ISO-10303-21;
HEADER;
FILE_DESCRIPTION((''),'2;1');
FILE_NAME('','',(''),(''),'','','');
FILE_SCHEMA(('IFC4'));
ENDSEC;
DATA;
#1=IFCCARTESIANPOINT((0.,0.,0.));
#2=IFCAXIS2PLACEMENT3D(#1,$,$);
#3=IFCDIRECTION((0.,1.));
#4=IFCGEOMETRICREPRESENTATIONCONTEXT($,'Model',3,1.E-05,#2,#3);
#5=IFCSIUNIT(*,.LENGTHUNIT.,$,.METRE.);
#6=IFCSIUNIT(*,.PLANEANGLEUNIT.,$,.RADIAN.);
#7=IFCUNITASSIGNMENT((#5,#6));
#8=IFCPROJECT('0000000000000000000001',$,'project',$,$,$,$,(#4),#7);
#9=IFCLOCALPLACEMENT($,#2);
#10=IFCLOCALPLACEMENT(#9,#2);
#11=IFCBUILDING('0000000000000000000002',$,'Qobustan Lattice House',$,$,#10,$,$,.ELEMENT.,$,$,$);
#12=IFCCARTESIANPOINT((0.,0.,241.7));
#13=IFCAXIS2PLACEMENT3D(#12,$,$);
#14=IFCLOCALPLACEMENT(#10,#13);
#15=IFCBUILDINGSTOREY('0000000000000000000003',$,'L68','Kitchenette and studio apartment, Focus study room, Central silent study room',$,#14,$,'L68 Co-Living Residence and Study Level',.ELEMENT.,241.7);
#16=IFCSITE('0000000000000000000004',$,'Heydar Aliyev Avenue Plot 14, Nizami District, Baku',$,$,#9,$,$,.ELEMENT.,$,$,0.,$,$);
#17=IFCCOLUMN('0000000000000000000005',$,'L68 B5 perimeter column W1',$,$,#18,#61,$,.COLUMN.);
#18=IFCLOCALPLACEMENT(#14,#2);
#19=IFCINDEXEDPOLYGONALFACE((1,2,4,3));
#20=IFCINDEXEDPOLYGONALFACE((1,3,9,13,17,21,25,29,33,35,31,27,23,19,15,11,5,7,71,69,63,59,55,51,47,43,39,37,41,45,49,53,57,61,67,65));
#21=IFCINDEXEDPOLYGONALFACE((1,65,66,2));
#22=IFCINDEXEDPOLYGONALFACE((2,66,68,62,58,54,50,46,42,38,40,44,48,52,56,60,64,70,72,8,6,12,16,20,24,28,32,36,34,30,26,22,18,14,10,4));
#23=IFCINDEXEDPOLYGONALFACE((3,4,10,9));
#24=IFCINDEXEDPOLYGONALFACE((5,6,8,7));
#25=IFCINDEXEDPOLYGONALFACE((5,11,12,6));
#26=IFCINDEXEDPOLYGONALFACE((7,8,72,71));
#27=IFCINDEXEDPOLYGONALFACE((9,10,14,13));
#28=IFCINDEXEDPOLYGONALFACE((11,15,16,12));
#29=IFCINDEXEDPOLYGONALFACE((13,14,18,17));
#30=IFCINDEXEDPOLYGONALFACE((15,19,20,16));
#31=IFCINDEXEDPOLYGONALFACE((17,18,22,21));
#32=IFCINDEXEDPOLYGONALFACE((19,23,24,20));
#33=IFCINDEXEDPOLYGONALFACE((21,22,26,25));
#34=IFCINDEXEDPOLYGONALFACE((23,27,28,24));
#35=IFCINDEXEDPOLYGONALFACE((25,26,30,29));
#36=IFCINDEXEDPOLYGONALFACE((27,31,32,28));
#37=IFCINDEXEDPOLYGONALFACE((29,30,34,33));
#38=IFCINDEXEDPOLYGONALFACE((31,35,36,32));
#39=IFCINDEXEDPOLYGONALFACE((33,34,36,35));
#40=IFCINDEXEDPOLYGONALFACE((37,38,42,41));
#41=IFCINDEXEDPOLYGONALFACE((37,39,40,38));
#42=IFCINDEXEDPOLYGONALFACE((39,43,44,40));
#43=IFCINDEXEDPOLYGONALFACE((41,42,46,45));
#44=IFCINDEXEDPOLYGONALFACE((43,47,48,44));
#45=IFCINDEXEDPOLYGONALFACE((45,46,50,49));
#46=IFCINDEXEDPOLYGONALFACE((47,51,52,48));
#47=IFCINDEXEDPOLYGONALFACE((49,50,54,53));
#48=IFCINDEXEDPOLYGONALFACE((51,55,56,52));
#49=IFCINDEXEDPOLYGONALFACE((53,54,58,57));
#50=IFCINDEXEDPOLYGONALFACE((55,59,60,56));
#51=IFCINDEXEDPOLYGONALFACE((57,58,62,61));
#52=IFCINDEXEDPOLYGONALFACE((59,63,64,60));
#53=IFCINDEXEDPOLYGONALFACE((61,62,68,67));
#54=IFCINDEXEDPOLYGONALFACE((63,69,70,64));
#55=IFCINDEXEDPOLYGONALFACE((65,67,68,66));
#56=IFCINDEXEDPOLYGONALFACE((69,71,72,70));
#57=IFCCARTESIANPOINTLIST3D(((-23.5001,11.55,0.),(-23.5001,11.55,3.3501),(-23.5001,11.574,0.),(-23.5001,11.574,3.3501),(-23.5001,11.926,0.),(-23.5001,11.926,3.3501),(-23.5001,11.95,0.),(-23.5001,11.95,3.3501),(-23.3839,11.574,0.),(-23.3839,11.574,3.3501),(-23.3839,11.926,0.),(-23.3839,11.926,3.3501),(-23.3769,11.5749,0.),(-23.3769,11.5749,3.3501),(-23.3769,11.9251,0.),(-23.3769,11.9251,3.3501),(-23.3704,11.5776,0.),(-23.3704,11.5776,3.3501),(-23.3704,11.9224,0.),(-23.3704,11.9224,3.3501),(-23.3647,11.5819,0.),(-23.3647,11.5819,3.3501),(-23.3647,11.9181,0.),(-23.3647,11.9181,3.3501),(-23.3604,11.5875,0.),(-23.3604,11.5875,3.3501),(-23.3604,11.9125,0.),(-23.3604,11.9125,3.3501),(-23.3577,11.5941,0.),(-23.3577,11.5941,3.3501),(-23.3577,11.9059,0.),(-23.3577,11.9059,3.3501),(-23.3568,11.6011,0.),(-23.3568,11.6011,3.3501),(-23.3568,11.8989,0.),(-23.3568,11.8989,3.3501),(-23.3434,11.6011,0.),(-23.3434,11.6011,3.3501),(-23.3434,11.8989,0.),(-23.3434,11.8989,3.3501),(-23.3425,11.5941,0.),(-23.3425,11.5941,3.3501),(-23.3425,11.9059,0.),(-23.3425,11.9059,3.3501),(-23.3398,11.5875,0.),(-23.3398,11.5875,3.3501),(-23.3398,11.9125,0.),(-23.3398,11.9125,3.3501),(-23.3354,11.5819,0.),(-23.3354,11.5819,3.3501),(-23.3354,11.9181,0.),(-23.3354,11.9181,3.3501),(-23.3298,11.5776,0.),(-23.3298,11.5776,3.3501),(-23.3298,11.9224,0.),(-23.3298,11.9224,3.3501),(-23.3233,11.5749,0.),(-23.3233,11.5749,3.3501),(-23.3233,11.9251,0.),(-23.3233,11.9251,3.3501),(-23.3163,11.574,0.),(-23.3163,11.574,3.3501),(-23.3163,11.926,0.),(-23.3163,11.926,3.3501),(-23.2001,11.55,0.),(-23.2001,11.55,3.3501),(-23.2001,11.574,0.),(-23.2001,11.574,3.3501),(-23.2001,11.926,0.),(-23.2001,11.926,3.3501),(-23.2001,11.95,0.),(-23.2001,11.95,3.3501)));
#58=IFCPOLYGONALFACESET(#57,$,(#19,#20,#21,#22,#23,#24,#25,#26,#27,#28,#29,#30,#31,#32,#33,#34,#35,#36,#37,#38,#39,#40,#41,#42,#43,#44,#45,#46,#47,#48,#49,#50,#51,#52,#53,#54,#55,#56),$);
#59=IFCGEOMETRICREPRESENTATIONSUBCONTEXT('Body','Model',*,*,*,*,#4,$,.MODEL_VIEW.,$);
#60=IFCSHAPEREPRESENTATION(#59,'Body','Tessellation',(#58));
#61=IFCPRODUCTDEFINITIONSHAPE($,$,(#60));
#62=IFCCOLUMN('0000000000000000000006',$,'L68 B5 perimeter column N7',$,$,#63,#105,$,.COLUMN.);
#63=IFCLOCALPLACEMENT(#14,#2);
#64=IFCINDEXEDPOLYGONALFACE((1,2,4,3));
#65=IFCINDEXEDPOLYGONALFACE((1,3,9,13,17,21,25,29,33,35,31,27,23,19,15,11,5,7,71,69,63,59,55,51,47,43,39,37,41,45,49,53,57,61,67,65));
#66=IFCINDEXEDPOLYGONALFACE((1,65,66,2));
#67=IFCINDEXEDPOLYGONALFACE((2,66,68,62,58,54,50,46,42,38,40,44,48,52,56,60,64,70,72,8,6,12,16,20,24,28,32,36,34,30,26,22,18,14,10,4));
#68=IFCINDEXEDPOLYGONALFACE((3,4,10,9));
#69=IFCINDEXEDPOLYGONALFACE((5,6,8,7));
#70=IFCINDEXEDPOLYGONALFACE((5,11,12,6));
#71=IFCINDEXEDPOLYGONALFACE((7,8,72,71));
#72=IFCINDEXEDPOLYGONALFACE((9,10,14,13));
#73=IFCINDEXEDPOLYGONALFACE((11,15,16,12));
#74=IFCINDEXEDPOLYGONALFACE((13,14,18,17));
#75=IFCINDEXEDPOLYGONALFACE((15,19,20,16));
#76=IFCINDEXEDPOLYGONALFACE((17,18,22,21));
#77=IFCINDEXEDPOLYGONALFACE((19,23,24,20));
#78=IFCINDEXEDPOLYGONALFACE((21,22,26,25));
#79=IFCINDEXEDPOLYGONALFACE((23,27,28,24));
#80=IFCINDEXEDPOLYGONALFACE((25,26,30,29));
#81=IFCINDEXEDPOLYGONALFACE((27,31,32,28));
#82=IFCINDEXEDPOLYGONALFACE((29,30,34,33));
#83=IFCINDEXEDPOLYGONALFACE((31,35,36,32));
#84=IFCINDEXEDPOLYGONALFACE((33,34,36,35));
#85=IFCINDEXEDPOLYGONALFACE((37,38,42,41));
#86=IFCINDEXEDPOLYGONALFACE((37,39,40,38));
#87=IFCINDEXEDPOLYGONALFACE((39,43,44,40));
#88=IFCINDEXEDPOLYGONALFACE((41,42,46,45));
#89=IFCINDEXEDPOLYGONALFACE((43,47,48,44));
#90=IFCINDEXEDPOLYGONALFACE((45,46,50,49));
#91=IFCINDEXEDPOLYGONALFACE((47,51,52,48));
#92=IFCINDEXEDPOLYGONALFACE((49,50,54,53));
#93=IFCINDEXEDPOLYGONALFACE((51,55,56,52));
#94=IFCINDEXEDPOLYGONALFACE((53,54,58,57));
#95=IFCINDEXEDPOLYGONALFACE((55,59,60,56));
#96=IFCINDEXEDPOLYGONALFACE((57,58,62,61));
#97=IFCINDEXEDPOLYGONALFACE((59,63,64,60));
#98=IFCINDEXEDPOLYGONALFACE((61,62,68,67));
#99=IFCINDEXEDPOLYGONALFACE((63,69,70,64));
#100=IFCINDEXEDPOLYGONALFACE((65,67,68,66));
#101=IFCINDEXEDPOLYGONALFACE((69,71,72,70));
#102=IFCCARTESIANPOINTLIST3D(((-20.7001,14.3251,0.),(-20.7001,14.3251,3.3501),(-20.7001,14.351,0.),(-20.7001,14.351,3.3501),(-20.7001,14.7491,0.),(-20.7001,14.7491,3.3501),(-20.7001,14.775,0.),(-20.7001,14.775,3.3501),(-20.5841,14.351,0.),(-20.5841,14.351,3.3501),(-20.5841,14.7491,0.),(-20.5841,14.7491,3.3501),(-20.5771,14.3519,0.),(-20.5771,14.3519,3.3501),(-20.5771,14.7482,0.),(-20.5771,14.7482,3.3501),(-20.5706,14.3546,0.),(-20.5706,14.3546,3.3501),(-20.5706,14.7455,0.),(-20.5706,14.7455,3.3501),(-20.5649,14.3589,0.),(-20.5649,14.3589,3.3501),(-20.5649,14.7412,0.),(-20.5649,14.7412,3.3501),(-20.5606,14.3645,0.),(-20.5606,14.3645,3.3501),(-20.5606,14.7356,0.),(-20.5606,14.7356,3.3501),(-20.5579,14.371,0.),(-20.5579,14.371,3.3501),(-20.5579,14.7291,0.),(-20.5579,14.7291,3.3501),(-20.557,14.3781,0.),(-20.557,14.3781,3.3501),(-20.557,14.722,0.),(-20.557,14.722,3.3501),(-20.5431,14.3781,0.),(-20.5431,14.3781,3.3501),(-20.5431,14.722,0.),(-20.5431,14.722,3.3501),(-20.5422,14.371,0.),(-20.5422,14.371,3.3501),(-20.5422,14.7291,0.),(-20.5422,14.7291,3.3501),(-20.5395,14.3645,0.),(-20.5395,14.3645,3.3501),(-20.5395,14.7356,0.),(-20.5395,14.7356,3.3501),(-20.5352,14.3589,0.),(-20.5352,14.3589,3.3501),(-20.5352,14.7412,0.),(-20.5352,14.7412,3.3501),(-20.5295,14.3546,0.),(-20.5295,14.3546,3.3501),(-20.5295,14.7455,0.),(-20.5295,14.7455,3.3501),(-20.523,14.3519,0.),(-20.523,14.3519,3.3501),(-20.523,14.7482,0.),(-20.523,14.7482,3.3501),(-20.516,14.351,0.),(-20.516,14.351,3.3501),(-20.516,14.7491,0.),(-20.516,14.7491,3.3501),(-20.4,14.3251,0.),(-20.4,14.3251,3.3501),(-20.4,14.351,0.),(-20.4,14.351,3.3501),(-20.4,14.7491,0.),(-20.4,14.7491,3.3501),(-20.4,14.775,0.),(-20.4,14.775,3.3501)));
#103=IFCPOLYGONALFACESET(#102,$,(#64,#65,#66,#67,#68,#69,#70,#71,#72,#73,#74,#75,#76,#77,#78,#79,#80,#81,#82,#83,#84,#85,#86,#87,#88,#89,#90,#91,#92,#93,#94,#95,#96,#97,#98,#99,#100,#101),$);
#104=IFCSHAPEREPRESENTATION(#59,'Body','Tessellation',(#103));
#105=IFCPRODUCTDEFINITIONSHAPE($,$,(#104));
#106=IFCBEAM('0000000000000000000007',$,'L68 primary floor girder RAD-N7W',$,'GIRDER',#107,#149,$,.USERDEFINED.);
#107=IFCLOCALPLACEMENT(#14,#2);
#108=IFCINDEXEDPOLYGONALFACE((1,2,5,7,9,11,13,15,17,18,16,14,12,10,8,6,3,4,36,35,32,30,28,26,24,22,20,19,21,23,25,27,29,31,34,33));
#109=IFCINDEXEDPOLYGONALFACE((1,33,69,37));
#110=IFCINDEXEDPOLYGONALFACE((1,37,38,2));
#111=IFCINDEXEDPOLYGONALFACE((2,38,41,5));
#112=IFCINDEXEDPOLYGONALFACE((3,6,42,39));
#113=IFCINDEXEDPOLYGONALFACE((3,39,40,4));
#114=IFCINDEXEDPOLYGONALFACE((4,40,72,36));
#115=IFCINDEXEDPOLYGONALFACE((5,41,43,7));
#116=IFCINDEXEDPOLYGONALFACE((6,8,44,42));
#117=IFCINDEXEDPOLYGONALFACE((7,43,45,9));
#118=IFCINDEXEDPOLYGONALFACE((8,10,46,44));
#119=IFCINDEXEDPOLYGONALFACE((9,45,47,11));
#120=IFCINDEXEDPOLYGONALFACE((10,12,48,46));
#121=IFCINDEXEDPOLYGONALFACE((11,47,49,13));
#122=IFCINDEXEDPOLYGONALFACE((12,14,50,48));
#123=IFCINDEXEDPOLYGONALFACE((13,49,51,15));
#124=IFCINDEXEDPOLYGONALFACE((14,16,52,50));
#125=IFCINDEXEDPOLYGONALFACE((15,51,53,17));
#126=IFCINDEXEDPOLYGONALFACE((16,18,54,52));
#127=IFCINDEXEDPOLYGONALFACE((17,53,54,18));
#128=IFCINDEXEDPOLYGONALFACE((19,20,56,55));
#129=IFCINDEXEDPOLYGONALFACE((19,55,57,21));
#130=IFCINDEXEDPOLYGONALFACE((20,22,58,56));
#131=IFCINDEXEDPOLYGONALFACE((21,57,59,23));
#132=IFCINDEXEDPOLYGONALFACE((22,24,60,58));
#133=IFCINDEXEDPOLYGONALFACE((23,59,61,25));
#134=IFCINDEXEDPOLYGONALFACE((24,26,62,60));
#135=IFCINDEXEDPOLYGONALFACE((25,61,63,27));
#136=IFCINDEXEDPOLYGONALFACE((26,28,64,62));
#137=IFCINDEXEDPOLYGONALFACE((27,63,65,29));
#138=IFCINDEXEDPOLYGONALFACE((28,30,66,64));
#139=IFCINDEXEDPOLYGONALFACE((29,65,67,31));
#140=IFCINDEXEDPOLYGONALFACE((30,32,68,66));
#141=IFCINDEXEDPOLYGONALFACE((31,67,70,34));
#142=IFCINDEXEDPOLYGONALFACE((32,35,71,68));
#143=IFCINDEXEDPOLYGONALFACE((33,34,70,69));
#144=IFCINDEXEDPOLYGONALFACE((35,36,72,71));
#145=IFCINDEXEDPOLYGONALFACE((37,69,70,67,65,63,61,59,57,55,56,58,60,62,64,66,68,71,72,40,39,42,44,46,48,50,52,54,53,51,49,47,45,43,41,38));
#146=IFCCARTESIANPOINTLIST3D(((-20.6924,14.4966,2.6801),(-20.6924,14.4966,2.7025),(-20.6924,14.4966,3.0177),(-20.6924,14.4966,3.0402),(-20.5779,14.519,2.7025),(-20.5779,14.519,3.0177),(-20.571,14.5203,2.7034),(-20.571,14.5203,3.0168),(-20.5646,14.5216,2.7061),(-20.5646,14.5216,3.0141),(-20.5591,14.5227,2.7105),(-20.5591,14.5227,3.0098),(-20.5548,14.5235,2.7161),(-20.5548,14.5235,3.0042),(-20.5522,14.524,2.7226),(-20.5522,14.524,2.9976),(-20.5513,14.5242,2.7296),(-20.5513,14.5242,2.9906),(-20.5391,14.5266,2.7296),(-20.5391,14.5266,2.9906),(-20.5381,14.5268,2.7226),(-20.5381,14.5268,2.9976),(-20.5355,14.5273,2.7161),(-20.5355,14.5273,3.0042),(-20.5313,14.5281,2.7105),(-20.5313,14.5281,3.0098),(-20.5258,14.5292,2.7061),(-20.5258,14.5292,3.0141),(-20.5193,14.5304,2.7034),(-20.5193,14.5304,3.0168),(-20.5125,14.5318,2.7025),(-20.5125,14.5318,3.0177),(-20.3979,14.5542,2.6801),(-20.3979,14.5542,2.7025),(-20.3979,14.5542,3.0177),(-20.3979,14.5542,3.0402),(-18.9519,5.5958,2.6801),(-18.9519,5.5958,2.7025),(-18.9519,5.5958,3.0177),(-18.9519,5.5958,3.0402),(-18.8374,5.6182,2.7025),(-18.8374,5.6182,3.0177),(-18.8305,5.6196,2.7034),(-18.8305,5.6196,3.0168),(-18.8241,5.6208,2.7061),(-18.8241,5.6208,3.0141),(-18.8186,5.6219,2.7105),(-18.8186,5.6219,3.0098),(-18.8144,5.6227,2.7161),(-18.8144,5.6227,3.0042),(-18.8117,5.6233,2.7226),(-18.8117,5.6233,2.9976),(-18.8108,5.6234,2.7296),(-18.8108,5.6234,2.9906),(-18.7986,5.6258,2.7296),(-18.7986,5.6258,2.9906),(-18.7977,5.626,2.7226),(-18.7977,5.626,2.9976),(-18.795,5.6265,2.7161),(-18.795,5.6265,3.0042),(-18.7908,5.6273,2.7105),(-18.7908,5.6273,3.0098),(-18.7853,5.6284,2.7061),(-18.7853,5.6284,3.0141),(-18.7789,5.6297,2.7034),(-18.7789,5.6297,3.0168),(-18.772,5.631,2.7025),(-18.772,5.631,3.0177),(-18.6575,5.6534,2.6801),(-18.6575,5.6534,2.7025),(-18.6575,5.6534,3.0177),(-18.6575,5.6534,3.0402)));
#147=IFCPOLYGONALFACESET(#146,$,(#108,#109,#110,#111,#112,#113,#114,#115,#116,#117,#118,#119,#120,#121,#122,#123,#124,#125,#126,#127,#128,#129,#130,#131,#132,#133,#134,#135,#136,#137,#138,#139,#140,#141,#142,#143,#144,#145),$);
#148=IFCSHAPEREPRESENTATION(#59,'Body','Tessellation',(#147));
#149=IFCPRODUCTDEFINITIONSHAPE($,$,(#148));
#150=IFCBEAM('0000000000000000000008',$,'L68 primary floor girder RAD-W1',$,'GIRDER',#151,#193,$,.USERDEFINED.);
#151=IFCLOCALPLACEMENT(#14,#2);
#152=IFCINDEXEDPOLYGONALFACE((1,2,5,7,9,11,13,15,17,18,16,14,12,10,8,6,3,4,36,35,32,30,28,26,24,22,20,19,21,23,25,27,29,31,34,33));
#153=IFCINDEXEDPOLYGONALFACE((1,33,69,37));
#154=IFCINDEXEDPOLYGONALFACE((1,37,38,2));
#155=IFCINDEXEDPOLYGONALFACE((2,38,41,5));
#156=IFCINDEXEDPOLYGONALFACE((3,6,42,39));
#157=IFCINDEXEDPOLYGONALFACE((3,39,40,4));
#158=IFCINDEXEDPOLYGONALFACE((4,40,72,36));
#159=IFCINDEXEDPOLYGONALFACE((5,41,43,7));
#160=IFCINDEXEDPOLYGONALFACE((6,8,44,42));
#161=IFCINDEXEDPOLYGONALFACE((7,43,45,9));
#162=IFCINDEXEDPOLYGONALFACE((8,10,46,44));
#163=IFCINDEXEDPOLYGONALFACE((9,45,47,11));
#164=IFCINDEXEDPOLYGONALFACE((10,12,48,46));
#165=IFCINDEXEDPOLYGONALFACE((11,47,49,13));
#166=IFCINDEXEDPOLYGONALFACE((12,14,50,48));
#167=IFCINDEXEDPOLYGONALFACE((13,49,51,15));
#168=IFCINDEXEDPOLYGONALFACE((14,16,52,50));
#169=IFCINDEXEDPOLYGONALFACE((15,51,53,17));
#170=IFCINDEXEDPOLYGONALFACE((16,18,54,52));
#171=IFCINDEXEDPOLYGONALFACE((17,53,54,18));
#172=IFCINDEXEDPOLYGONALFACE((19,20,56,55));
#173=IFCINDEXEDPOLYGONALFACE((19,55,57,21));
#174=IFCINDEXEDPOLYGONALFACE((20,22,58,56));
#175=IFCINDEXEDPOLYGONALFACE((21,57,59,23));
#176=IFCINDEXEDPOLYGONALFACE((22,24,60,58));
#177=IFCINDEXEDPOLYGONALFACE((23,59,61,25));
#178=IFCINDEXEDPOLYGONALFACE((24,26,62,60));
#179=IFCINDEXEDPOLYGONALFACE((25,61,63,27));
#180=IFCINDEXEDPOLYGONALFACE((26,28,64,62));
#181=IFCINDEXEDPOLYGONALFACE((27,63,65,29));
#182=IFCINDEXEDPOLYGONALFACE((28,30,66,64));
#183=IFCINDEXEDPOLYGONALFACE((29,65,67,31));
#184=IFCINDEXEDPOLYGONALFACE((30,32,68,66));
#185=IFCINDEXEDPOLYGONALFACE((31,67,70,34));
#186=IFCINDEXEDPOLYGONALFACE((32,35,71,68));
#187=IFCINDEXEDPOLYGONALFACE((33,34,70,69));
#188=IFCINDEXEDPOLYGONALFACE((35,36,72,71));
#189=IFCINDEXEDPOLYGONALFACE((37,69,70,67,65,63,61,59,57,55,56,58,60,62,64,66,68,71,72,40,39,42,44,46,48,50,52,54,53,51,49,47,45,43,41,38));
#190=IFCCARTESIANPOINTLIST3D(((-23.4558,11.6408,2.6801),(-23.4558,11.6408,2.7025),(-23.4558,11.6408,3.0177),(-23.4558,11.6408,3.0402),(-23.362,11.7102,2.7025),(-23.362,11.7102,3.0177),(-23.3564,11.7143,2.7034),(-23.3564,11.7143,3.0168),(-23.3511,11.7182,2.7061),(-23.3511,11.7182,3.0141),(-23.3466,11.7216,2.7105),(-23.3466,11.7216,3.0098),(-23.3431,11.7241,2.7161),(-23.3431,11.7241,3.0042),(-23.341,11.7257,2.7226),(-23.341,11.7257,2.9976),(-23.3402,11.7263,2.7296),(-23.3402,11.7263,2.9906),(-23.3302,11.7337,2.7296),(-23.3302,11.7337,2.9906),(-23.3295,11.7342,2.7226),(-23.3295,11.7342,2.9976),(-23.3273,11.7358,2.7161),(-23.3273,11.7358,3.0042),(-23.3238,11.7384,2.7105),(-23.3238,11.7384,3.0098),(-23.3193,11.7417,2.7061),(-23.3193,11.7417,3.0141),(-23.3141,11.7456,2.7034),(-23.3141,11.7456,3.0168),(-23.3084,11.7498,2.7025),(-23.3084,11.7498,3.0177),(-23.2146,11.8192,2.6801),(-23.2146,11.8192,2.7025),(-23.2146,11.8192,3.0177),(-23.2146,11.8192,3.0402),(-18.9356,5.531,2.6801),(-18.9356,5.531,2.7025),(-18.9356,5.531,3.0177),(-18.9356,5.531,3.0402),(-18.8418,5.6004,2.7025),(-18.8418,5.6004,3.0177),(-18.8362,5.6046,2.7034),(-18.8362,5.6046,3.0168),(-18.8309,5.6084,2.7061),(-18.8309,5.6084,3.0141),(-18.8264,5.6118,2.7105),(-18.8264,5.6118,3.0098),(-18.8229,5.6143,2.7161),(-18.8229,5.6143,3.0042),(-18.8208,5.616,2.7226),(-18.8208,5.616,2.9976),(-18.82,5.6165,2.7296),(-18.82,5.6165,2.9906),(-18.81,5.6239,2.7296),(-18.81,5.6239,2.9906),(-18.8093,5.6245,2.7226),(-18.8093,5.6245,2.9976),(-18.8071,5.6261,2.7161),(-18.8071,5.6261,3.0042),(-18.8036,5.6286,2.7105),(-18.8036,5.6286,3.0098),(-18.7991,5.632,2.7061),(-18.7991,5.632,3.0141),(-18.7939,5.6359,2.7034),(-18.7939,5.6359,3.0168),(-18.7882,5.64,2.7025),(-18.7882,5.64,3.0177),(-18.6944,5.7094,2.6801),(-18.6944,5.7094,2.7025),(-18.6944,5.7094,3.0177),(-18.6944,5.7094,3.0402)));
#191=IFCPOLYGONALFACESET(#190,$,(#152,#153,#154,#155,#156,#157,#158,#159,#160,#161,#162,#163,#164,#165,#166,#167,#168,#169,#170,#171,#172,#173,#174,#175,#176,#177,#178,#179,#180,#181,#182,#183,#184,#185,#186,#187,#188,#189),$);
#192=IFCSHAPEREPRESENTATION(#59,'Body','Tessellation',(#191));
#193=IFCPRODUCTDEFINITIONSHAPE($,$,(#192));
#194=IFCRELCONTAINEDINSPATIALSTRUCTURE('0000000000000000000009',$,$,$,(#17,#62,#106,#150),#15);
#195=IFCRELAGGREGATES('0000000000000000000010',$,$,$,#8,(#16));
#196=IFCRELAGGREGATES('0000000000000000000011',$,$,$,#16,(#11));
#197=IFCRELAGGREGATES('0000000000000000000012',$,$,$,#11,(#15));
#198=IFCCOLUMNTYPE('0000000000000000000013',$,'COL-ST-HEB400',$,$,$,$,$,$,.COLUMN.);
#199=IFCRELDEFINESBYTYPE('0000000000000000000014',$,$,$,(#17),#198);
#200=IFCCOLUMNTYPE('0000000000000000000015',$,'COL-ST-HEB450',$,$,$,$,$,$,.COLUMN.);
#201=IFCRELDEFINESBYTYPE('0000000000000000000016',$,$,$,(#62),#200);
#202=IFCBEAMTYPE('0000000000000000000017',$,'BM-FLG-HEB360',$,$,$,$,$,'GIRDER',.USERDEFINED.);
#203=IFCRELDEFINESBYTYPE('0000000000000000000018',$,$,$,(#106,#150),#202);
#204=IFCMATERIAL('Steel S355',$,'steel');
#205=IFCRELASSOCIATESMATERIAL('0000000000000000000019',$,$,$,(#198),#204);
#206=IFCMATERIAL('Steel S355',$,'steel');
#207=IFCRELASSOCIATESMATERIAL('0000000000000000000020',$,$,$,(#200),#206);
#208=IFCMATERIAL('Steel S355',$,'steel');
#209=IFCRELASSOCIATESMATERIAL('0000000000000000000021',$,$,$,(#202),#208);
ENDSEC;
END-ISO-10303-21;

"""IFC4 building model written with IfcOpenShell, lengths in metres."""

from ifc_helpers import new_model, si_unit, direction, frame, origin, origin_2d, place, context, subcontext, project, spatial, i_section, extrude, material, material_profile, profile_set, type_object, element, save


model = new_model("IFC4")

# Units and contexts
model_context = context("Model", 3, precision=1e-05, world=origin(), true_north=direction((0.0, 1.0)))
body_context = subcontext(model_context, "Body", "Model", "MODEL_VIEW")
ifc_project = project(units=[si_unit("LENGTHUNIT", "METRE"), si_unit("PLANEANGLEUNIT", "RADIAN")], contexts=[model_context])

# Site, building, storey
site_placement = place(None, origin())
site = spatial("IfcSite", under=ifc_project, at=site_placement, Name="Heydar Aliyev Avenue Plot 14, Nizami District, Baku", CompositionType="ELEMENT", RefElevation=0.0)
building_placement = place(site_placement, origin())
building = spatial("IfcBuilding", under=site, at=building_placement, Name="Qobustan Lattice House", CompositionType="ELEMENT")
storey_placement = place(building_placement, frame((0.0, 0.0, 241.7)))
storey = spatial("IfcBuildingStorey", under=building, at=storey_placement, Name="L68", Description="Kitchenette and studio apartment, Focus study room, Central silent study room", LongName="L68 Co-Living Residence and Study Level", CompositionType="ELEMENT", Elevation=241.7)

# Columns
ifc_material_1 = material(Name="Steel S355", Category="steel")
ifc_material_profile_1 = material_profile(ifc_material_1, i_section(OverallWidth=0.3, OverallDepth=0.3999, WebThickness=0.0134, FlangeThickness=0.0239, FilletRadius=0.0271, at=origin_2d()), Name="HEB400")
ifc_profile_set_1 = profile_set([ifc_material_profile_1], Name="Steel S355")
column_type_1 = type_object("IfcColumnType", Name="COL-ST-HEB400", PredefinedType="COLUMN", material=ifc_profile_set_1)
column_1_placement = place(storey_placement, frame((-23.3501, 11.75, 0.0), z_axis=(0.0, 0.0, 1.0), x_axis=(1.0, 0.0, 0.0)))
element("IfcColumn", 1, at=column_1_placement, inside=storey, type_object=column_type_1, Name="L68 B5 perimeter column W1", PredefinedType="COLUMN", context=body_context, shape_type="SweptSolid", body=[
    extrude(i_section(OverallWidth=0.3, OverallDepth=0.3999, WebThickness=0.0134, FlangeThickness=0.0239, FilletRadius=0.0271, at=origin_2d()), origin(), (0.0, 0.0, 1.0), 3.3501),
])
ifc_material_2 = material(Name="Steel S355", Category="steel")
ifc_material_profile_2 = material_profile(ifc_material_2, i_section(OverallWidth=0.3, OverallDepth=0.45, WebThickness=0.0139, FlangeThickness=0.0259, FilletRadius=0.0271, at=origin_2d()), Name="HEB450")
ifc_profile_set_2 = profile_set([ifc_material_profile_2], Name="Steel S355")
column_type_2 = type_object("IfcColumnType", Name="COL-ST-HEB450", PredefinedType="COLUMN", material=ifc_profile_set_2)
column_2_placement = place(storey_placement, frame((-20.55, 14.55, 0.0), z_axis=(0.0, 0.0, 1.0), x_axis=(1.0, 0.0, 0.0)))
element("IfcColumn", 2, at=column_2_placement, inside=storey, type_object=column_type_2, Name="L68 B5 perimeter column N7", PredefinedType="COLUMN", context=body_context, shape_type="SweptSolid", body=[
    extrude(i_section(OverallWidth=0.3, OverallDepth=0.45, WebThickness=0.0139, FlangeThickness=0.0259, FilletRadius=0.0271, at=origin_2d()), origin(), (0.0, 0.0, 1.0), 3.3501),
])

# Beams
ifc_material_3 = material(Name="Steel S355", Category="steel")
ifc_material_profile_3 = material_profile(ifc_material_3, i_section(OverallWidth=0.3, OverallDepth=0.3601, WebThickness=0.0125, FlangeThickness=0.0225, FilletRadius=0.0271, at=origin_2d()), Name="HEB360")
ifc_profile_set_3 = profile_set([ifc_material_profile_3], Name="Steel S355")
beam_type_1 = type_object("IfcBeamType", Name="BM-FLG-HEB360", ElementType="GIRDER", PredefinedType="USERDEFINED", material=ifc_profile_set_3)
beam_1_placement = place(storey_placement, frame((-20.5452, 14.5254, 2.8601), z_axis=(0.191906, -0.981413, 0.0), x_axis=(0.981413, 0.191906, 0.0)))
element("IfcBeam", 3, at=beam_1_placement, inside=storey, type_object=beam_type_1, Name="L68 primary floor girder RAD-N7W", ObjectType="GIRDER", PredefinedType="USERDEFINED", context=body_context, shape_type="SweptSolid", body=[
    extrude(i_section(OverallWidth=0.3, OverallDepth=0.3601, WebThickness=0.0125, FlangeThickness=0.0225, FilletRadius=0.0271, at=origin_2d()), origin(), (0.0, 0.0, 1.0), 9.0693),
])
beam_2_placement = place(storey_placement, frame((-23.3352, 11.73, 2.8601), z_axis=(0.594755, -0.803907, 0.0), x_axis=(0.803907, 0.594755, 0.0)))
element("IfcBeam", 4, at=beam_2_placement, inside=storey, type_object=beam_type_1, Name="L68 primary floor girder RAD-W1", ObjectType="GIRDER", PredefinedType="USERDEFINED", context=body_context, shape_type="SweptSolid", body=[
    extrude(i_section(OverallWidth=0.3, OverallDepth=0.3601, WebThickness=0.0125, FlangeThickness=0.0225, FilletRadius=0.0271, at=origin_2d()), origin(), (0.0, 0.0, 1.0), 7.6001),
])

save(model, "model.ifc")
